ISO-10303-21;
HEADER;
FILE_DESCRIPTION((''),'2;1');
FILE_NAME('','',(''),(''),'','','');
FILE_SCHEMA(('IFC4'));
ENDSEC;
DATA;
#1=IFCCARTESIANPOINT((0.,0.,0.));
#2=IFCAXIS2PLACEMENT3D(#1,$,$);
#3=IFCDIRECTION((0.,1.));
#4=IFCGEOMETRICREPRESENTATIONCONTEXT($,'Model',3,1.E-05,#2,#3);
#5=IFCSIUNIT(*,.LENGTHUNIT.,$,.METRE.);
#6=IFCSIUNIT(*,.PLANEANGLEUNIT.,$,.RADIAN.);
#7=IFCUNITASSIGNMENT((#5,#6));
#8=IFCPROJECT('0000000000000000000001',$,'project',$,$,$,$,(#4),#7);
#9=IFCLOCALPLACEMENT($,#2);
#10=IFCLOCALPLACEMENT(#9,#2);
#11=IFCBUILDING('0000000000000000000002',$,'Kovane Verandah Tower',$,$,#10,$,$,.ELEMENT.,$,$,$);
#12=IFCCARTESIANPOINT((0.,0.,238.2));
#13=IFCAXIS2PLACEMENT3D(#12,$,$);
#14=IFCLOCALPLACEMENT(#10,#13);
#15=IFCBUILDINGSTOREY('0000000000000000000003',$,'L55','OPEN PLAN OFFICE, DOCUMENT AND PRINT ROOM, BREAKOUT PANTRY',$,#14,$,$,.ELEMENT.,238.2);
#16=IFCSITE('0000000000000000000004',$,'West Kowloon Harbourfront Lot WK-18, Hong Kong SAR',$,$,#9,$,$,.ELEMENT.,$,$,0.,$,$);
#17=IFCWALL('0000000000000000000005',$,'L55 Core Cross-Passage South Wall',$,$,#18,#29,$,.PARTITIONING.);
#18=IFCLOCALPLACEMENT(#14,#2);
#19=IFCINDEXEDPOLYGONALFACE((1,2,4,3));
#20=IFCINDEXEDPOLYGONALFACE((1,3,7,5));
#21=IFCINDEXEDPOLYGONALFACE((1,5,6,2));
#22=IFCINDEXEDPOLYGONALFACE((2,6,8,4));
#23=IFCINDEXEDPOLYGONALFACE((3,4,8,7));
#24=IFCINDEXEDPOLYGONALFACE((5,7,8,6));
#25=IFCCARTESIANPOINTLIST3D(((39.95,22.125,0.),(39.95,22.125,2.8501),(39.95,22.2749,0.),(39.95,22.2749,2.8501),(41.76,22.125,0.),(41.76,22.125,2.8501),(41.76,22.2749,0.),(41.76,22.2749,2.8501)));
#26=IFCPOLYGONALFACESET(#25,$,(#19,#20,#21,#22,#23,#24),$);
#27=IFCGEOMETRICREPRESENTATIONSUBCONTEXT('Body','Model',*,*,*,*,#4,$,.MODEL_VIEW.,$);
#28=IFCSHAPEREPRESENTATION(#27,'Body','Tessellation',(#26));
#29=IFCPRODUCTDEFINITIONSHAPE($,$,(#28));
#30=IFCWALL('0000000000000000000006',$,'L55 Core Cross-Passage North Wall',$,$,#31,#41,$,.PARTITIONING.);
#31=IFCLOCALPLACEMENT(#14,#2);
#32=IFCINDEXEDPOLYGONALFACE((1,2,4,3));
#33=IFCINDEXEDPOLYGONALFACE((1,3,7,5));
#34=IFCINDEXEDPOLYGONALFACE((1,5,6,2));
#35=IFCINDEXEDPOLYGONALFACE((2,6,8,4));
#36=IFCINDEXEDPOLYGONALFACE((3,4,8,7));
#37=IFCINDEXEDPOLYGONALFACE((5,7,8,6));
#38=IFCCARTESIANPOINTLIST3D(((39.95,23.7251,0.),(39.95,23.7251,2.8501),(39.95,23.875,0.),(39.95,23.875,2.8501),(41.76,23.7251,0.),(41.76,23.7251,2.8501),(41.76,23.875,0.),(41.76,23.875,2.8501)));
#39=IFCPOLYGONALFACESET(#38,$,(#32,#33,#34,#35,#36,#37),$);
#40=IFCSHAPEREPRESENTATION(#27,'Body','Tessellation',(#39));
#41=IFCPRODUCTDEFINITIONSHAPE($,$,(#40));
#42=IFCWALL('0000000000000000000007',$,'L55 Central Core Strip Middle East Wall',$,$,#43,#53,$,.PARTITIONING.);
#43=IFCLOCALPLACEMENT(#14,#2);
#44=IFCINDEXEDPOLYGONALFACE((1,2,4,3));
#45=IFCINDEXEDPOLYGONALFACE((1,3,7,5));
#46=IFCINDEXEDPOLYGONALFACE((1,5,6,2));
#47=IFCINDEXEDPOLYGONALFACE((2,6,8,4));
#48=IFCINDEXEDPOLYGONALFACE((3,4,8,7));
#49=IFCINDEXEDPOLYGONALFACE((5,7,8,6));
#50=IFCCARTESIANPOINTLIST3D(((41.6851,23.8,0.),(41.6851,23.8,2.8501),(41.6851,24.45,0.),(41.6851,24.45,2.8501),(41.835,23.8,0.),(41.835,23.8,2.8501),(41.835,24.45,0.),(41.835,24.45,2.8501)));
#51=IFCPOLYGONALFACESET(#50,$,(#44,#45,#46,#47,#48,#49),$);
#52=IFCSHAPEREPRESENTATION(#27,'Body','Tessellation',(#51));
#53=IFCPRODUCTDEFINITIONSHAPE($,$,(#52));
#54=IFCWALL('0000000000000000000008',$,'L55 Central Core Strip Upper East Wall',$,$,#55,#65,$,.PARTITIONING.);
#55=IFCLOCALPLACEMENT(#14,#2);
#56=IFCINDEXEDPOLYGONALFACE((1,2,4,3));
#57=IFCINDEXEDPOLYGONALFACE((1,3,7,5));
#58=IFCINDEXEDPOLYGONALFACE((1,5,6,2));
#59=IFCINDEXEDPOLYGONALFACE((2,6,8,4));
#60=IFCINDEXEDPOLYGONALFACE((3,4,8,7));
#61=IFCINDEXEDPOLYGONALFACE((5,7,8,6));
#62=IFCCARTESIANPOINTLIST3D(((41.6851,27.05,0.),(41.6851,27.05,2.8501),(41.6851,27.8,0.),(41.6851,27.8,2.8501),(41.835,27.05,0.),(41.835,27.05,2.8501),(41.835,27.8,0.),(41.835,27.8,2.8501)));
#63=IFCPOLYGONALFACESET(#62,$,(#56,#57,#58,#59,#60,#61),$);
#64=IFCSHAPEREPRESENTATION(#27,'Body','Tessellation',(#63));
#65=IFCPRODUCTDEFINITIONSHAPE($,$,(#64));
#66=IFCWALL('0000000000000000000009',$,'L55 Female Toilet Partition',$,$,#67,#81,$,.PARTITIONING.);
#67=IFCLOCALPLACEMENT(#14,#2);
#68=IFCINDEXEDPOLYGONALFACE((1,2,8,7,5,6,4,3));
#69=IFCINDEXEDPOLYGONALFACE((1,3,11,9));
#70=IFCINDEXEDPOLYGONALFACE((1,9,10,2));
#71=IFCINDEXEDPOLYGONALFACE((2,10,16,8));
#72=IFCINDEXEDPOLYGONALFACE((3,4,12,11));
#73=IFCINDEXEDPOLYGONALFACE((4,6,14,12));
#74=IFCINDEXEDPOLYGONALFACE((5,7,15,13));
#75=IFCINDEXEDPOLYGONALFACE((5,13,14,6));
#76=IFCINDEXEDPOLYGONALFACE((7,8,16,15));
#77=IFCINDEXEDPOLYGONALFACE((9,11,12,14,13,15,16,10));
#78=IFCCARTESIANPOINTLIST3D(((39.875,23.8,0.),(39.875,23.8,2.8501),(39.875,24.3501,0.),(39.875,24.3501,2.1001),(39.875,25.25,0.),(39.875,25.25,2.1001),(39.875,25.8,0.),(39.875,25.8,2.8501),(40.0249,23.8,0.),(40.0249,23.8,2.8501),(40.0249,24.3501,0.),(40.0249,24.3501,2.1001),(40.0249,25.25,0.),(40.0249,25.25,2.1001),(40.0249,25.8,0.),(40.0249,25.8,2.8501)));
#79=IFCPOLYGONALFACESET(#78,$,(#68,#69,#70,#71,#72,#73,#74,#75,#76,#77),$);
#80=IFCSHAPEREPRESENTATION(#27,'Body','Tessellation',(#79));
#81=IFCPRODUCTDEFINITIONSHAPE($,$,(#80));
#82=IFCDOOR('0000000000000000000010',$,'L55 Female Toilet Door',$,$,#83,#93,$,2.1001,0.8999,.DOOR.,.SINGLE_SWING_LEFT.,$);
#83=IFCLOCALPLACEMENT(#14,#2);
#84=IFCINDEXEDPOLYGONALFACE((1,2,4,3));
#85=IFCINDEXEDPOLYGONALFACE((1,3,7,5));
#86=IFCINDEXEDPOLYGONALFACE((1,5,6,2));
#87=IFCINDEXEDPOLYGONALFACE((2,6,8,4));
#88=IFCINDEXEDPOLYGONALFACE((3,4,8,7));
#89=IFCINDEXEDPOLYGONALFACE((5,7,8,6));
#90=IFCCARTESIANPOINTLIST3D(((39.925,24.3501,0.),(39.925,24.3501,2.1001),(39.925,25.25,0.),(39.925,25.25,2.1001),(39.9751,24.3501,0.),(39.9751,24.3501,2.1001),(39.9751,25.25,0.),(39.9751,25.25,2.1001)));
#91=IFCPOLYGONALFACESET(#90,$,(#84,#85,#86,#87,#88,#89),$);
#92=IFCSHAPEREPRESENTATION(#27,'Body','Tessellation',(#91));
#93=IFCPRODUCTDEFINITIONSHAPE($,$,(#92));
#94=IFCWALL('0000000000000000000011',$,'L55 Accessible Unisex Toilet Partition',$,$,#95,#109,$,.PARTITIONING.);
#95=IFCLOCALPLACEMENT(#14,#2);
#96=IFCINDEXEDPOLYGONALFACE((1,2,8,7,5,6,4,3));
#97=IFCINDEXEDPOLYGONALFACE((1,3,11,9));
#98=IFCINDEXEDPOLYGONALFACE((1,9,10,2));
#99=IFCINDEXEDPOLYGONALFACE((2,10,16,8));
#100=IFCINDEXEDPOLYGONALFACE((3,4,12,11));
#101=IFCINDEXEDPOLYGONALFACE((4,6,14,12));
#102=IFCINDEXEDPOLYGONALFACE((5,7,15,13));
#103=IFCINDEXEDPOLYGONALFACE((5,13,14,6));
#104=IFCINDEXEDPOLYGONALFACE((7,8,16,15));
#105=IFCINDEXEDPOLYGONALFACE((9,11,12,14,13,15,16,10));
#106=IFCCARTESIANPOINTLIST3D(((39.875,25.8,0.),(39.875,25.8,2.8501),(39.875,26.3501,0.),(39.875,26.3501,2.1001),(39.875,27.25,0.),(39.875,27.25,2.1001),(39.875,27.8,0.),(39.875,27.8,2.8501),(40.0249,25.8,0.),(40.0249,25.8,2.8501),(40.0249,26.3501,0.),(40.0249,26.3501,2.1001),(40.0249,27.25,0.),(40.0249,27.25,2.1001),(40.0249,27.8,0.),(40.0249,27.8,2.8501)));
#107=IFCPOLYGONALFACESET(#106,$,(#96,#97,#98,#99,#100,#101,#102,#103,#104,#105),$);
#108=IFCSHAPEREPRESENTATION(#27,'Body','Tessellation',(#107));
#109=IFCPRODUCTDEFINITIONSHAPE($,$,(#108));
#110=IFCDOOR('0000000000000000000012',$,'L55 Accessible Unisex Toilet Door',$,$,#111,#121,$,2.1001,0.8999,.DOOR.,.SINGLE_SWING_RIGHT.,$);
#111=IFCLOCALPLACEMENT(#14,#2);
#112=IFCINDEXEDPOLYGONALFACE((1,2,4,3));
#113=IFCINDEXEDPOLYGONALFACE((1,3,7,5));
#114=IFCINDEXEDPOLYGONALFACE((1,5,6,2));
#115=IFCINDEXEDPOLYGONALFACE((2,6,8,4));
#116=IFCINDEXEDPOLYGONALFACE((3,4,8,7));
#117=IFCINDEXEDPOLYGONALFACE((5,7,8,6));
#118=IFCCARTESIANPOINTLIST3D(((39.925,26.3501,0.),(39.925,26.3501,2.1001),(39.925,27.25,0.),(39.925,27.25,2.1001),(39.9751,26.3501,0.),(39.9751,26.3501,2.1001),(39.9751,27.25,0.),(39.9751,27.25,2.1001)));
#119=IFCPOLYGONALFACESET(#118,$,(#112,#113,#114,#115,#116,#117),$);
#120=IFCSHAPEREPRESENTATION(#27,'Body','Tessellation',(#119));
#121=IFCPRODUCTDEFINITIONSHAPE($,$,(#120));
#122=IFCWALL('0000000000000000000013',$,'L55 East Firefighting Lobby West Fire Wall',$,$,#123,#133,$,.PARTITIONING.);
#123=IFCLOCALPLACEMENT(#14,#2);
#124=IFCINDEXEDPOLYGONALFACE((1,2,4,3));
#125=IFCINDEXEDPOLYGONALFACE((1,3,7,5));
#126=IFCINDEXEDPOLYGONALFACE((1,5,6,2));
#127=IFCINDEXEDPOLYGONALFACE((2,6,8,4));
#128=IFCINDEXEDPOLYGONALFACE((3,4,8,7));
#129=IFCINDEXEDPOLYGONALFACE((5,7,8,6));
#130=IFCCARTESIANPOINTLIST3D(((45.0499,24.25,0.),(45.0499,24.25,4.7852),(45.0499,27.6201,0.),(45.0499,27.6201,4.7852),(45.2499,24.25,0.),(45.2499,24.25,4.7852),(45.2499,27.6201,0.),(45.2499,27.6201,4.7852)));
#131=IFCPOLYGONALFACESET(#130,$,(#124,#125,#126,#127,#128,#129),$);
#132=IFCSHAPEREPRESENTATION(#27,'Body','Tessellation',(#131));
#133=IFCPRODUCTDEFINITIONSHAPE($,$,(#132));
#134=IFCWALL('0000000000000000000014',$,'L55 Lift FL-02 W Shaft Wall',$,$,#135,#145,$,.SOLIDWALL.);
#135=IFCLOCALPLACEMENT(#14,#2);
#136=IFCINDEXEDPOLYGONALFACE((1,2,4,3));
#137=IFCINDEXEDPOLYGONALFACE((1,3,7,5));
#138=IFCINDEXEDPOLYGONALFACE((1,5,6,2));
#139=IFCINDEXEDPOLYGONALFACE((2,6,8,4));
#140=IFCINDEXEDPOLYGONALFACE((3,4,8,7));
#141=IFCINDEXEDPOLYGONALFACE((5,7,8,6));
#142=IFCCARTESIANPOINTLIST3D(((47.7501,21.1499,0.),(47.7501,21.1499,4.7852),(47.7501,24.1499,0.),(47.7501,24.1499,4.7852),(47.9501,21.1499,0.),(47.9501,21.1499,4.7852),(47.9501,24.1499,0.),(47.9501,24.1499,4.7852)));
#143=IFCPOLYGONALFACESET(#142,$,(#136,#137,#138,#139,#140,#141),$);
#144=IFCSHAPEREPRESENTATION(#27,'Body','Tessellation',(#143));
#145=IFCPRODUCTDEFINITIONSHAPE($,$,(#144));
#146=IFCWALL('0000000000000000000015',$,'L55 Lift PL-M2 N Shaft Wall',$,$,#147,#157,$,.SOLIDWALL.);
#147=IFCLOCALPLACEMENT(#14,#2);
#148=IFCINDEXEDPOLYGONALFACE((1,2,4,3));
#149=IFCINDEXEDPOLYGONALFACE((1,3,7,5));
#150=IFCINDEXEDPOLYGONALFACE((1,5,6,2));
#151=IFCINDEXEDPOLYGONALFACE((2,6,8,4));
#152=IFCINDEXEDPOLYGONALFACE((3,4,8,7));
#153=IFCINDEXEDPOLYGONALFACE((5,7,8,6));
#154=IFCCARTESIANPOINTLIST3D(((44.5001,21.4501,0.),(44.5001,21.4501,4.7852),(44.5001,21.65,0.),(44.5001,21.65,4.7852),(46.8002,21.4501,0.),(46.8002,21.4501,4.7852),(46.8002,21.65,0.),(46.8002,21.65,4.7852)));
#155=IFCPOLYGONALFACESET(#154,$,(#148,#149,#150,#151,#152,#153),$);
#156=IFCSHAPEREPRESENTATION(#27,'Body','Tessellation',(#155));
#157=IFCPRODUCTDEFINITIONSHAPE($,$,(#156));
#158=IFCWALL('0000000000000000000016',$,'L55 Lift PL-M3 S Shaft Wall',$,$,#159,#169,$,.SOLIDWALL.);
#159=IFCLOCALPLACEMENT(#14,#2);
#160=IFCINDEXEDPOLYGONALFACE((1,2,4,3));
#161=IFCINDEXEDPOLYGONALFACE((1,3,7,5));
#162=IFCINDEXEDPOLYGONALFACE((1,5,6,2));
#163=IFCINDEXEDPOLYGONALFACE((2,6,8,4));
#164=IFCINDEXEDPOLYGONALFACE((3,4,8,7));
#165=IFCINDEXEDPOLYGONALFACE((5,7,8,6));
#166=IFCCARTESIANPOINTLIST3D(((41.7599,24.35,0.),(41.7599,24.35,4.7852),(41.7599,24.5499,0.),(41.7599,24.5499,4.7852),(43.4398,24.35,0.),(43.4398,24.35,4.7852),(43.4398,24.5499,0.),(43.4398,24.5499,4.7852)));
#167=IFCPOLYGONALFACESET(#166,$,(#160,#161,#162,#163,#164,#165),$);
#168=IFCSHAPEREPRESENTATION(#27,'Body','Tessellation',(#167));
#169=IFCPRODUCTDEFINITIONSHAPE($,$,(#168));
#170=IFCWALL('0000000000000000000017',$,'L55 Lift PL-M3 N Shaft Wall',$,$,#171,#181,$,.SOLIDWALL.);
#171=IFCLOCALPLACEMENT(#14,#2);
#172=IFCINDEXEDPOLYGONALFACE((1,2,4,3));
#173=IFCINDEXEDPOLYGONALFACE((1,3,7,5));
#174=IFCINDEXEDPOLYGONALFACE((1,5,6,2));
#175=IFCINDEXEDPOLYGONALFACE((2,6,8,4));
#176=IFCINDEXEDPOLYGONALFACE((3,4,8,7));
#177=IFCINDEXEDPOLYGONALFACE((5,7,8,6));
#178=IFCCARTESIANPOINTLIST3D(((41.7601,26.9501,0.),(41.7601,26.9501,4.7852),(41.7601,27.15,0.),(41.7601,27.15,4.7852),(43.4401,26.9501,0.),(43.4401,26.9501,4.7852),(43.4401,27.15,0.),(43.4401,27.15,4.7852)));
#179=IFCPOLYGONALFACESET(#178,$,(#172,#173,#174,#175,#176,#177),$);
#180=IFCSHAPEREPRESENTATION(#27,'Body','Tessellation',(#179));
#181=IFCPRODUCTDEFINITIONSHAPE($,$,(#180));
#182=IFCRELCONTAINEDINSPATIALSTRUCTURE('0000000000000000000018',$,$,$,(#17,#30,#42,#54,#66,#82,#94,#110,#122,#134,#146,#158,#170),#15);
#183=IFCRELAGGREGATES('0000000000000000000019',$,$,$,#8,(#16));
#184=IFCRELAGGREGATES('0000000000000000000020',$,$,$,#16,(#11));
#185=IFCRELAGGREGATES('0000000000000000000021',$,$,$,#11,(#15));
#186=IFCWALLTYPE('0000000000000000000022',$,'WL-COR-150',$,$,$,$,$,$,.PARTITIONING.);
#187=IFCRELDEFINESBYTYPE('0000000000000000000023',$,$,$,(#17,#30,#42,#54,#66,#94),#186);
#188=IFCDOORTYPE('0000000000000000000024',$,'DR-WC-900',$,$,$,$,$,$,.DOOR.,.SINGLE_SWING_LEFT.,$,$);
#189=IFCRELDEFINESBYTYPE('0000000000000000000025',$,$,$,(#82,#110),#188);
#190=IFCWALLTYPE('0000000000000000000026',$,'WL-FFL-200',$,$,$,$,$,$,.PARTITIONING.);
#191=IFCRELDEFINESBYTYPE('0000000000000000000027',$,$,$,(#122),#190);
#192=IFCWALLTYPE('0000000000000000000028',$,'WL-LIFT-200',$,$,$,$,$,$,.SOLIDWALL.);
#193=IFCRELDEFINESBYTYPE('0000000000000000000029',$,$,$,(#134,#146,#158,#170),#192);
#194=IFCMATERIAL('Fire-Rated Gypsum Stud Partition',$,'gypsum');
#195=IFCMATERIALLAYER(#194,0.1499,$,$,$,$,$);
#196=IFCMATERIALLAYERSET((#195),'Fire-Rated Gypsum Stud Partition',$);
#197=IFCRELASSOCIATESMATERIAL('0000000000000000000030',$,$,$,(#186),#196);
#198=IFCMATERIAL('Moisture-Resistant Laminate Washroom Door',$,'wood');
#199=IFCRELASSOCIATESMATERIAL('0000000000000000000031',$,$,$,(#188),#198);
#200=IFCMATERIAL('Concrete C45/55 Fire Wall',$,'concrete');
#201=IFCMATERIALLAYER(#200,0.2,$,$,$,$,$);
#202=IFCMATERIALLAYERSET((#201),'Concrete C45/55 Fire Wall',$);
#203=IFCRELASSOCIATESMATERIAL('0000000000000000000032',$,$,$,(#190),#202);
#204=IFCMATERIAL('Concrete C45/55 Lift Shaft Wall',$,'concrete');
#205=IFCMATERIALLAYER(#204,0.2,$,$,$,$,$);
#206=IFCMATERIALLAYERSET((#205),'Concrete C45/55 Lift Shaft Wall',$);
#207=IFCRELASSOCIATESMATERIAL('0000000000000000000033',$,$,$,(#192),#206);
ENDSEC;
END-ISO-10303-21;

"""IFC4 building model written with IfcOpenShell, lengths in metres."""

from ifc_helpers import new_model, si_unit, direction, frame, frame_2d, origin, place, context, subcontext, project, spatial, rectangle, extrude, material, layer, layer_set, type_object, element, fill, save


model = new_model("IFC4")

# Units and contexts
model_context = context("Model", 3, precision=1e-05, world=origin(), true_north=direction((0.0, 1.0)))
body_context = subcontext(model_context, "Body", "Model", "MODEL_VIEW")
ifc_project = project(units=[si_unit("LENGTHUNIT", "METRE"), si_unit("PLANEANGLEUNIT", "RADIAN")], contexts=[model_context])

# Site, building, storey
site_placement = place(None, origin())
site = spatial("IfcSite", under=ifc_project, at=site_placement, Name="West Kowloon Harbourfront Lot WK-18, Hong Kong SAR", CompositionType="ELEMENT", RefElevation=0.0)
building_placement = place(site_placement, origin())
building = spatial("IfcBuilding", under=site, at=building_placement, Name="Kovane Verandah Tower", CompositionType="ELEMENT")
storey_placement = place(building_placement, frame((0.0, 0.0, 238.2)))
storey = spatial("IfcBuildingStorey", under=building, at=storey_placement, Name="L55", Description="OPEN PLAN OFFICE, DOCUMENT AND PRINT ROOM, BREAKOUT PANTRY", CompositionType="ELEMENT", Elevation=238.2)

# Walls
ifc_material_1 = material(Name="Fire-Rated Gypsum Stud Partition", Category="gypsum")
ifc_layer_1 = layer(ifc_material_1, 0.1499)
ifc_layer_set_1 = layer_set([ifc_layer_1], Name="Fire-Rated Gypsum Stud Partition")
wall_type_1 = type_object("IfcWallType", Name="WL-COR-150", PredefinedType="PARTITIONING", material=ifc_layer_set_1)
for number, where, z_axis, x_axis, name in (
    (1, (39.95, 22.2, 0.0), (0.0, 0.0, 1.0), (1.0, 0.0, 0.0), "L55 Core Cross-Passage South Wall"),
    (2, (39.95, 23.8, 0.0), (0.0, 0.0, 1.0), (1.0, 0.0, 0.0), "L55 Core Cross-Passage North Wall"),
):
    element("IfcWall", number, at=place(storey_placement, frame(where, z_axis=z_axis, x_axis=x_axis)), inside=storey, type_object=wall_type_1, Name=name, PredefinedType="PARTITIONING", context=body_context, shape_type="SweptSolid", body=[
        extrude(rectangle(XDim=1.8101, YDim=0.1499, at=frame_2d((0.905, 0.0))), origin(), (0.0, 0.0, 1.0), 2.8501),
    ])
wall_1_placement = place(storey_placement, frame((41.76, 23.8, 0.0), z_axis=(0.0, 0.0, 1.0), x_axis=(0.0, 1.0, 0.0)))
element("IfcWall", 3, at=wall_1_placement, inside=storey, type_object=wall_type_1, Name="L55 Central Core Strip Middle East Wall", PredefinedType="PARTITIONING", context=body_context, shape_type="SweptSolid", body=[
    extrude(rectangle(XDim=0.6499, YDim=0.1499, at=frame_2d((0.325, 0.0))), origin(), (0.0, 0.0, 1.0), 2.8501),
])
wall_2_placement = place(storey_placement, frame((41.76, 27.05, 0.0), z_axis=(0.0, 0.0, 1.0), x_axis=(0.0, 1.0, 0.0)))
element("IfcWall", 4, at=wall_2_placement, inside=storey, type_object=wall_type_1, Name="L55 Central Core Strip Upper East Wall", PredefinedType="PARTITIONING", context=body_context, shape_type="SweptSolid", body=[
    extrude(rectangle(XDim=0.75, YDim=0.1499, at=frame_2d((0.375, 0.0))), origin(), (0.0, 0.0, 1.0), 2.8501),
])

# Walls, openings, doors
wall_3_placement = place(storey_placement, frame((39.95, 23.8, 0.0), z_axis=(0.0, 0.0, 1.0), x_axis=(0.0, 1.0, 0.0)))
wall_3 = element("IfcWall", 5, at=wall_3_placement, inside=storey, type_object=wall_type_1, Name="L55 Female Toilet Partition", PredefinedType="PARTITIONING", context=body_context, shape_type="SweptSolid", body=[
    extrude(rectangle(XDim=2.0, YDim=0.1499, at=frame_2d((1.0, 0.0))), origin(), (0.0, 0.0, 1.0), 2.8501),
])
opening_1_placement = place(wall_3_placement, frame((0.55, 0.0, 0.0)))
opening_1 = element("IfcOpeningElement", 6, at=opening_1_placement, cuts=wall_3, PredefinedType="OPENING", context=body_context, shape_type="SweptSolid", body=[
    extrude(rectangle(XDim=0.8999, YDim=2.1001, at=frame_2d((0.45, 1.05))), frame((0.0, 0.075, 0.0), z_axis=(0.0, -1.0, 0.0), x_axis=(1.0, 0.0, 0.0)), (0.0, 0.0, 1.0), 0.1499),
])
ifc_material_2 = material(Name="Moisture-Resistant Laminate Washroom Door", Category="wood")
door_type_1 = type_object("IfcDoorType", Name="DR-WC-900", OperationType="SINGLE_SWING_LEFT", PredefinedType="DOOR", material=ifc_material_2)
door_1_placement = place(opening_1_placement, origin())
door_1 = element("IfcDoor", 7, at=door_1_placement, inside=storey, type_object=door_type_1, Name="L55 Female Toilet Door", OperationType="SINGLE_SWING_LEFT", OverallHeight=2.1001, OverallWidth=0.8999, PredefinedType="DOOR", context=body_context, shape_type="SweptSolid", body=[
    extrude(rectangle(XDim=0.8999, YDim=2.1001, at=frame_2d((0.45, 1.05))), frame((0.0, 0.0249, 0.0), z_axis=(0.0, -1.0, 0.0), x_axis=(1.0, 0.0, 0.0)), (0.0, 0.0, 1.0), 0.05),
])
fill(opening_1, door_1)
wall_4_placement = place(storey_placement, frame((39.95, 25.8, 0.0), z_axis=(0.0, 0.0, 1.0), x_axis=(0.0, 1.0, 0.0)))
wall_4 = element("IfcWall", 8, at=wall_4_placement, inside=storey, type_object=wall_type_1, Name="L55 Accessible Unisex Toilet Partition", PredefinedType="PARTITIONING", context=body_context, shape_type="SweptSolid", body=[
    extrude(rectangle(XDim=2.0, YDim=0.1499, at=frame_2d((1.0, 0.0))), origin(), (0.0, 0.0, 1.0), 2.8501),
])
opening_2_placement = place(wall_4_placement, frame((0.55, 0.0, 0.0)))
opening_2 = element("IfcOpeningElement", 9, at=opening_2_placement, cuts=wall_4, PredefinedType="OPENING", context=body_context, shape_type="SweptSolid", body=[
    extrude(rectangle(XDim=0.8999, YDim=2.1001, at=frame_2d((0.45, 1.05))), frame((0.0, 0.075, 0.0), z_axis=(0.0, -1.0, 0.0), x_axis=(1.0, 0.0, 0.0)), (0.0, 0.0, 1.0), 0.1499),
])
door_2_placement = place(opening_2_placement, origin())
door_2 = element("IfcDoor", 10, at=door_2_placement, inside=storey, type_object=door_type_1, Name="L55 Accessible Unisex Toilet Door", OperationType="SINGLE_SWING_RIGHT", OverallHeight=2.1001, OverallWidth=0.8999, PredefinedType="DOOR", context=body_context, shape_type="SweptSolid", body=[
    extrude(rectangle(XDim=0.8999, YDim=2.1001, at=frame_2d((0.45, 1.05))), frame((0.0, 0.0249, 0.0), z_axis=(0.0, -1.0, 0.0), x_axis=(1.0, 0.0, 0.0)), (0.0, 0.0, 1.0), 0.05),
])
fill(opening_2, door_2)

# Wall
ifc_material_3 = material(Name="Concrete C45/55 Fire Wall", Category="concrete")
ifc_layer_2 = layer(ifc_material_3, 0.2)
ifc_layer_set_2 = layer_set([ifc_layer_2], Name="Concrete C45/55 Fire Wall")
wall_type_2 = type_object("IfcWallType", Name="WL-FFL-200", PredefinedType="PARTITIONING", material=ifc_layer_set_2)
wall_5_placement = place(storey_placement, frame((45.1499, 24.25, 0.0), z_axis=(0.0, 0.0, 1.0), x_axis=(0.0, 1.0, 0.0)))
element("IfcWall", 11, at=wall_5_placement, inside=storey, type_object=wall_type_2, Name="L55 East Firefighting Lobby West Fire Wall", PredefinedType="PARTITIONING", context=body_context, shape_type="SweptSolid", body=[
    extrude(rectangle(XDim=3.3701, YDim=0.2, at=frame_2d((1.6851, 0.0))), origin(), (0.0, 0.0, 1.0), 4.7852),
])

# Shared definitions
ifc_material_4 = material(Name="Concrete C45/55 Lift Shaft Wall", Category="concrete")
ifc_layer_3 = layer(ifc_material_4, 0.2)
ifc_layer_set_3 = layer_set([ifc_layer_3], Name="Concrete C45/55 Lift Shaft Wall")
wall_type_3 = type_object("IfcWallType", Name="WL-LIFT-200", PredefinedType="SOLIDWALL", material=ifc_layer_set_3)

# Walls
wall_6_placement = place(storey_placement, frame((47.8501, 24.1499, 0.0), z_axis=(0.0, 0.0, 1.0), x_axis=(0.0, -1.0, 0.0)))
element("IfcWall", 12, at=wall_6_placement, inside=storey, type_object=wall_type_3, Name="L55 Lift FL-02 W Shaft Wall", PredefinedType="SOLIDWALL", context=body_context, shape_type="SweptSolid", body=[
    extrude(rectangle(XDim=3.0, YDim=0.2, at=frame_2d((1.5, 0.0))), origin(), (0.0, 0.0, 1.0), 4.7852),
])
wall_7_placement = place(storey_placement, frame((46.8, 21.55, 0.0), z_axis=(0.0, 0.0, 1.0), x_axis=(-1.0, 0.0, 0.0)))
element("IfcWall", 13, at=wall_7_placement, inside=storey, type_object=wall_type_3, Name="L55 Lift PL-M2 N Shaft Wall", PredefinedType="SOLIDWALL", context=body_context, shape_type="SweptSolid", body=[
    extrude(rectangle(XDim=2.3, YDim=0.2, at=frame_2d((1.1499, 0.0))), origin(), (0.0, 0.0, 1.0), 4.7852),
])
for number, where, z_axis, x_axis, name in (
    (14, (41.76, 24.45, 0.0), (0.0, 0.0, 1.0), (1.0, 0.0, 0.0), "L55 Lift PL-M3 S Shaft Wall"),
    (15, (43.4399, 27.05, 0.0), (0.0, 0.0, 1.0), (-1.0, 0.0, 0.0), "L55 Lift PL-M3 N Shaft Wall"),
):
    element("IfcWall", number, at=place(storey_placement, frame(where, z_axis=z_axis, x_axis=x_axis)), inside=storey, type_object=wall_type_3, Name=name, PredefinedType="SOLIDWALL", context=body_context, shape_type="SweptSolid", body=[
        extrude(rectangle(XDim=1.6799, YDim=0.2, at=frame_2d((0.8398, 0.0))), origin(), (0.0, 0.0, 1.0), 4.7852),
    ])

save(model, "model.ifc")
